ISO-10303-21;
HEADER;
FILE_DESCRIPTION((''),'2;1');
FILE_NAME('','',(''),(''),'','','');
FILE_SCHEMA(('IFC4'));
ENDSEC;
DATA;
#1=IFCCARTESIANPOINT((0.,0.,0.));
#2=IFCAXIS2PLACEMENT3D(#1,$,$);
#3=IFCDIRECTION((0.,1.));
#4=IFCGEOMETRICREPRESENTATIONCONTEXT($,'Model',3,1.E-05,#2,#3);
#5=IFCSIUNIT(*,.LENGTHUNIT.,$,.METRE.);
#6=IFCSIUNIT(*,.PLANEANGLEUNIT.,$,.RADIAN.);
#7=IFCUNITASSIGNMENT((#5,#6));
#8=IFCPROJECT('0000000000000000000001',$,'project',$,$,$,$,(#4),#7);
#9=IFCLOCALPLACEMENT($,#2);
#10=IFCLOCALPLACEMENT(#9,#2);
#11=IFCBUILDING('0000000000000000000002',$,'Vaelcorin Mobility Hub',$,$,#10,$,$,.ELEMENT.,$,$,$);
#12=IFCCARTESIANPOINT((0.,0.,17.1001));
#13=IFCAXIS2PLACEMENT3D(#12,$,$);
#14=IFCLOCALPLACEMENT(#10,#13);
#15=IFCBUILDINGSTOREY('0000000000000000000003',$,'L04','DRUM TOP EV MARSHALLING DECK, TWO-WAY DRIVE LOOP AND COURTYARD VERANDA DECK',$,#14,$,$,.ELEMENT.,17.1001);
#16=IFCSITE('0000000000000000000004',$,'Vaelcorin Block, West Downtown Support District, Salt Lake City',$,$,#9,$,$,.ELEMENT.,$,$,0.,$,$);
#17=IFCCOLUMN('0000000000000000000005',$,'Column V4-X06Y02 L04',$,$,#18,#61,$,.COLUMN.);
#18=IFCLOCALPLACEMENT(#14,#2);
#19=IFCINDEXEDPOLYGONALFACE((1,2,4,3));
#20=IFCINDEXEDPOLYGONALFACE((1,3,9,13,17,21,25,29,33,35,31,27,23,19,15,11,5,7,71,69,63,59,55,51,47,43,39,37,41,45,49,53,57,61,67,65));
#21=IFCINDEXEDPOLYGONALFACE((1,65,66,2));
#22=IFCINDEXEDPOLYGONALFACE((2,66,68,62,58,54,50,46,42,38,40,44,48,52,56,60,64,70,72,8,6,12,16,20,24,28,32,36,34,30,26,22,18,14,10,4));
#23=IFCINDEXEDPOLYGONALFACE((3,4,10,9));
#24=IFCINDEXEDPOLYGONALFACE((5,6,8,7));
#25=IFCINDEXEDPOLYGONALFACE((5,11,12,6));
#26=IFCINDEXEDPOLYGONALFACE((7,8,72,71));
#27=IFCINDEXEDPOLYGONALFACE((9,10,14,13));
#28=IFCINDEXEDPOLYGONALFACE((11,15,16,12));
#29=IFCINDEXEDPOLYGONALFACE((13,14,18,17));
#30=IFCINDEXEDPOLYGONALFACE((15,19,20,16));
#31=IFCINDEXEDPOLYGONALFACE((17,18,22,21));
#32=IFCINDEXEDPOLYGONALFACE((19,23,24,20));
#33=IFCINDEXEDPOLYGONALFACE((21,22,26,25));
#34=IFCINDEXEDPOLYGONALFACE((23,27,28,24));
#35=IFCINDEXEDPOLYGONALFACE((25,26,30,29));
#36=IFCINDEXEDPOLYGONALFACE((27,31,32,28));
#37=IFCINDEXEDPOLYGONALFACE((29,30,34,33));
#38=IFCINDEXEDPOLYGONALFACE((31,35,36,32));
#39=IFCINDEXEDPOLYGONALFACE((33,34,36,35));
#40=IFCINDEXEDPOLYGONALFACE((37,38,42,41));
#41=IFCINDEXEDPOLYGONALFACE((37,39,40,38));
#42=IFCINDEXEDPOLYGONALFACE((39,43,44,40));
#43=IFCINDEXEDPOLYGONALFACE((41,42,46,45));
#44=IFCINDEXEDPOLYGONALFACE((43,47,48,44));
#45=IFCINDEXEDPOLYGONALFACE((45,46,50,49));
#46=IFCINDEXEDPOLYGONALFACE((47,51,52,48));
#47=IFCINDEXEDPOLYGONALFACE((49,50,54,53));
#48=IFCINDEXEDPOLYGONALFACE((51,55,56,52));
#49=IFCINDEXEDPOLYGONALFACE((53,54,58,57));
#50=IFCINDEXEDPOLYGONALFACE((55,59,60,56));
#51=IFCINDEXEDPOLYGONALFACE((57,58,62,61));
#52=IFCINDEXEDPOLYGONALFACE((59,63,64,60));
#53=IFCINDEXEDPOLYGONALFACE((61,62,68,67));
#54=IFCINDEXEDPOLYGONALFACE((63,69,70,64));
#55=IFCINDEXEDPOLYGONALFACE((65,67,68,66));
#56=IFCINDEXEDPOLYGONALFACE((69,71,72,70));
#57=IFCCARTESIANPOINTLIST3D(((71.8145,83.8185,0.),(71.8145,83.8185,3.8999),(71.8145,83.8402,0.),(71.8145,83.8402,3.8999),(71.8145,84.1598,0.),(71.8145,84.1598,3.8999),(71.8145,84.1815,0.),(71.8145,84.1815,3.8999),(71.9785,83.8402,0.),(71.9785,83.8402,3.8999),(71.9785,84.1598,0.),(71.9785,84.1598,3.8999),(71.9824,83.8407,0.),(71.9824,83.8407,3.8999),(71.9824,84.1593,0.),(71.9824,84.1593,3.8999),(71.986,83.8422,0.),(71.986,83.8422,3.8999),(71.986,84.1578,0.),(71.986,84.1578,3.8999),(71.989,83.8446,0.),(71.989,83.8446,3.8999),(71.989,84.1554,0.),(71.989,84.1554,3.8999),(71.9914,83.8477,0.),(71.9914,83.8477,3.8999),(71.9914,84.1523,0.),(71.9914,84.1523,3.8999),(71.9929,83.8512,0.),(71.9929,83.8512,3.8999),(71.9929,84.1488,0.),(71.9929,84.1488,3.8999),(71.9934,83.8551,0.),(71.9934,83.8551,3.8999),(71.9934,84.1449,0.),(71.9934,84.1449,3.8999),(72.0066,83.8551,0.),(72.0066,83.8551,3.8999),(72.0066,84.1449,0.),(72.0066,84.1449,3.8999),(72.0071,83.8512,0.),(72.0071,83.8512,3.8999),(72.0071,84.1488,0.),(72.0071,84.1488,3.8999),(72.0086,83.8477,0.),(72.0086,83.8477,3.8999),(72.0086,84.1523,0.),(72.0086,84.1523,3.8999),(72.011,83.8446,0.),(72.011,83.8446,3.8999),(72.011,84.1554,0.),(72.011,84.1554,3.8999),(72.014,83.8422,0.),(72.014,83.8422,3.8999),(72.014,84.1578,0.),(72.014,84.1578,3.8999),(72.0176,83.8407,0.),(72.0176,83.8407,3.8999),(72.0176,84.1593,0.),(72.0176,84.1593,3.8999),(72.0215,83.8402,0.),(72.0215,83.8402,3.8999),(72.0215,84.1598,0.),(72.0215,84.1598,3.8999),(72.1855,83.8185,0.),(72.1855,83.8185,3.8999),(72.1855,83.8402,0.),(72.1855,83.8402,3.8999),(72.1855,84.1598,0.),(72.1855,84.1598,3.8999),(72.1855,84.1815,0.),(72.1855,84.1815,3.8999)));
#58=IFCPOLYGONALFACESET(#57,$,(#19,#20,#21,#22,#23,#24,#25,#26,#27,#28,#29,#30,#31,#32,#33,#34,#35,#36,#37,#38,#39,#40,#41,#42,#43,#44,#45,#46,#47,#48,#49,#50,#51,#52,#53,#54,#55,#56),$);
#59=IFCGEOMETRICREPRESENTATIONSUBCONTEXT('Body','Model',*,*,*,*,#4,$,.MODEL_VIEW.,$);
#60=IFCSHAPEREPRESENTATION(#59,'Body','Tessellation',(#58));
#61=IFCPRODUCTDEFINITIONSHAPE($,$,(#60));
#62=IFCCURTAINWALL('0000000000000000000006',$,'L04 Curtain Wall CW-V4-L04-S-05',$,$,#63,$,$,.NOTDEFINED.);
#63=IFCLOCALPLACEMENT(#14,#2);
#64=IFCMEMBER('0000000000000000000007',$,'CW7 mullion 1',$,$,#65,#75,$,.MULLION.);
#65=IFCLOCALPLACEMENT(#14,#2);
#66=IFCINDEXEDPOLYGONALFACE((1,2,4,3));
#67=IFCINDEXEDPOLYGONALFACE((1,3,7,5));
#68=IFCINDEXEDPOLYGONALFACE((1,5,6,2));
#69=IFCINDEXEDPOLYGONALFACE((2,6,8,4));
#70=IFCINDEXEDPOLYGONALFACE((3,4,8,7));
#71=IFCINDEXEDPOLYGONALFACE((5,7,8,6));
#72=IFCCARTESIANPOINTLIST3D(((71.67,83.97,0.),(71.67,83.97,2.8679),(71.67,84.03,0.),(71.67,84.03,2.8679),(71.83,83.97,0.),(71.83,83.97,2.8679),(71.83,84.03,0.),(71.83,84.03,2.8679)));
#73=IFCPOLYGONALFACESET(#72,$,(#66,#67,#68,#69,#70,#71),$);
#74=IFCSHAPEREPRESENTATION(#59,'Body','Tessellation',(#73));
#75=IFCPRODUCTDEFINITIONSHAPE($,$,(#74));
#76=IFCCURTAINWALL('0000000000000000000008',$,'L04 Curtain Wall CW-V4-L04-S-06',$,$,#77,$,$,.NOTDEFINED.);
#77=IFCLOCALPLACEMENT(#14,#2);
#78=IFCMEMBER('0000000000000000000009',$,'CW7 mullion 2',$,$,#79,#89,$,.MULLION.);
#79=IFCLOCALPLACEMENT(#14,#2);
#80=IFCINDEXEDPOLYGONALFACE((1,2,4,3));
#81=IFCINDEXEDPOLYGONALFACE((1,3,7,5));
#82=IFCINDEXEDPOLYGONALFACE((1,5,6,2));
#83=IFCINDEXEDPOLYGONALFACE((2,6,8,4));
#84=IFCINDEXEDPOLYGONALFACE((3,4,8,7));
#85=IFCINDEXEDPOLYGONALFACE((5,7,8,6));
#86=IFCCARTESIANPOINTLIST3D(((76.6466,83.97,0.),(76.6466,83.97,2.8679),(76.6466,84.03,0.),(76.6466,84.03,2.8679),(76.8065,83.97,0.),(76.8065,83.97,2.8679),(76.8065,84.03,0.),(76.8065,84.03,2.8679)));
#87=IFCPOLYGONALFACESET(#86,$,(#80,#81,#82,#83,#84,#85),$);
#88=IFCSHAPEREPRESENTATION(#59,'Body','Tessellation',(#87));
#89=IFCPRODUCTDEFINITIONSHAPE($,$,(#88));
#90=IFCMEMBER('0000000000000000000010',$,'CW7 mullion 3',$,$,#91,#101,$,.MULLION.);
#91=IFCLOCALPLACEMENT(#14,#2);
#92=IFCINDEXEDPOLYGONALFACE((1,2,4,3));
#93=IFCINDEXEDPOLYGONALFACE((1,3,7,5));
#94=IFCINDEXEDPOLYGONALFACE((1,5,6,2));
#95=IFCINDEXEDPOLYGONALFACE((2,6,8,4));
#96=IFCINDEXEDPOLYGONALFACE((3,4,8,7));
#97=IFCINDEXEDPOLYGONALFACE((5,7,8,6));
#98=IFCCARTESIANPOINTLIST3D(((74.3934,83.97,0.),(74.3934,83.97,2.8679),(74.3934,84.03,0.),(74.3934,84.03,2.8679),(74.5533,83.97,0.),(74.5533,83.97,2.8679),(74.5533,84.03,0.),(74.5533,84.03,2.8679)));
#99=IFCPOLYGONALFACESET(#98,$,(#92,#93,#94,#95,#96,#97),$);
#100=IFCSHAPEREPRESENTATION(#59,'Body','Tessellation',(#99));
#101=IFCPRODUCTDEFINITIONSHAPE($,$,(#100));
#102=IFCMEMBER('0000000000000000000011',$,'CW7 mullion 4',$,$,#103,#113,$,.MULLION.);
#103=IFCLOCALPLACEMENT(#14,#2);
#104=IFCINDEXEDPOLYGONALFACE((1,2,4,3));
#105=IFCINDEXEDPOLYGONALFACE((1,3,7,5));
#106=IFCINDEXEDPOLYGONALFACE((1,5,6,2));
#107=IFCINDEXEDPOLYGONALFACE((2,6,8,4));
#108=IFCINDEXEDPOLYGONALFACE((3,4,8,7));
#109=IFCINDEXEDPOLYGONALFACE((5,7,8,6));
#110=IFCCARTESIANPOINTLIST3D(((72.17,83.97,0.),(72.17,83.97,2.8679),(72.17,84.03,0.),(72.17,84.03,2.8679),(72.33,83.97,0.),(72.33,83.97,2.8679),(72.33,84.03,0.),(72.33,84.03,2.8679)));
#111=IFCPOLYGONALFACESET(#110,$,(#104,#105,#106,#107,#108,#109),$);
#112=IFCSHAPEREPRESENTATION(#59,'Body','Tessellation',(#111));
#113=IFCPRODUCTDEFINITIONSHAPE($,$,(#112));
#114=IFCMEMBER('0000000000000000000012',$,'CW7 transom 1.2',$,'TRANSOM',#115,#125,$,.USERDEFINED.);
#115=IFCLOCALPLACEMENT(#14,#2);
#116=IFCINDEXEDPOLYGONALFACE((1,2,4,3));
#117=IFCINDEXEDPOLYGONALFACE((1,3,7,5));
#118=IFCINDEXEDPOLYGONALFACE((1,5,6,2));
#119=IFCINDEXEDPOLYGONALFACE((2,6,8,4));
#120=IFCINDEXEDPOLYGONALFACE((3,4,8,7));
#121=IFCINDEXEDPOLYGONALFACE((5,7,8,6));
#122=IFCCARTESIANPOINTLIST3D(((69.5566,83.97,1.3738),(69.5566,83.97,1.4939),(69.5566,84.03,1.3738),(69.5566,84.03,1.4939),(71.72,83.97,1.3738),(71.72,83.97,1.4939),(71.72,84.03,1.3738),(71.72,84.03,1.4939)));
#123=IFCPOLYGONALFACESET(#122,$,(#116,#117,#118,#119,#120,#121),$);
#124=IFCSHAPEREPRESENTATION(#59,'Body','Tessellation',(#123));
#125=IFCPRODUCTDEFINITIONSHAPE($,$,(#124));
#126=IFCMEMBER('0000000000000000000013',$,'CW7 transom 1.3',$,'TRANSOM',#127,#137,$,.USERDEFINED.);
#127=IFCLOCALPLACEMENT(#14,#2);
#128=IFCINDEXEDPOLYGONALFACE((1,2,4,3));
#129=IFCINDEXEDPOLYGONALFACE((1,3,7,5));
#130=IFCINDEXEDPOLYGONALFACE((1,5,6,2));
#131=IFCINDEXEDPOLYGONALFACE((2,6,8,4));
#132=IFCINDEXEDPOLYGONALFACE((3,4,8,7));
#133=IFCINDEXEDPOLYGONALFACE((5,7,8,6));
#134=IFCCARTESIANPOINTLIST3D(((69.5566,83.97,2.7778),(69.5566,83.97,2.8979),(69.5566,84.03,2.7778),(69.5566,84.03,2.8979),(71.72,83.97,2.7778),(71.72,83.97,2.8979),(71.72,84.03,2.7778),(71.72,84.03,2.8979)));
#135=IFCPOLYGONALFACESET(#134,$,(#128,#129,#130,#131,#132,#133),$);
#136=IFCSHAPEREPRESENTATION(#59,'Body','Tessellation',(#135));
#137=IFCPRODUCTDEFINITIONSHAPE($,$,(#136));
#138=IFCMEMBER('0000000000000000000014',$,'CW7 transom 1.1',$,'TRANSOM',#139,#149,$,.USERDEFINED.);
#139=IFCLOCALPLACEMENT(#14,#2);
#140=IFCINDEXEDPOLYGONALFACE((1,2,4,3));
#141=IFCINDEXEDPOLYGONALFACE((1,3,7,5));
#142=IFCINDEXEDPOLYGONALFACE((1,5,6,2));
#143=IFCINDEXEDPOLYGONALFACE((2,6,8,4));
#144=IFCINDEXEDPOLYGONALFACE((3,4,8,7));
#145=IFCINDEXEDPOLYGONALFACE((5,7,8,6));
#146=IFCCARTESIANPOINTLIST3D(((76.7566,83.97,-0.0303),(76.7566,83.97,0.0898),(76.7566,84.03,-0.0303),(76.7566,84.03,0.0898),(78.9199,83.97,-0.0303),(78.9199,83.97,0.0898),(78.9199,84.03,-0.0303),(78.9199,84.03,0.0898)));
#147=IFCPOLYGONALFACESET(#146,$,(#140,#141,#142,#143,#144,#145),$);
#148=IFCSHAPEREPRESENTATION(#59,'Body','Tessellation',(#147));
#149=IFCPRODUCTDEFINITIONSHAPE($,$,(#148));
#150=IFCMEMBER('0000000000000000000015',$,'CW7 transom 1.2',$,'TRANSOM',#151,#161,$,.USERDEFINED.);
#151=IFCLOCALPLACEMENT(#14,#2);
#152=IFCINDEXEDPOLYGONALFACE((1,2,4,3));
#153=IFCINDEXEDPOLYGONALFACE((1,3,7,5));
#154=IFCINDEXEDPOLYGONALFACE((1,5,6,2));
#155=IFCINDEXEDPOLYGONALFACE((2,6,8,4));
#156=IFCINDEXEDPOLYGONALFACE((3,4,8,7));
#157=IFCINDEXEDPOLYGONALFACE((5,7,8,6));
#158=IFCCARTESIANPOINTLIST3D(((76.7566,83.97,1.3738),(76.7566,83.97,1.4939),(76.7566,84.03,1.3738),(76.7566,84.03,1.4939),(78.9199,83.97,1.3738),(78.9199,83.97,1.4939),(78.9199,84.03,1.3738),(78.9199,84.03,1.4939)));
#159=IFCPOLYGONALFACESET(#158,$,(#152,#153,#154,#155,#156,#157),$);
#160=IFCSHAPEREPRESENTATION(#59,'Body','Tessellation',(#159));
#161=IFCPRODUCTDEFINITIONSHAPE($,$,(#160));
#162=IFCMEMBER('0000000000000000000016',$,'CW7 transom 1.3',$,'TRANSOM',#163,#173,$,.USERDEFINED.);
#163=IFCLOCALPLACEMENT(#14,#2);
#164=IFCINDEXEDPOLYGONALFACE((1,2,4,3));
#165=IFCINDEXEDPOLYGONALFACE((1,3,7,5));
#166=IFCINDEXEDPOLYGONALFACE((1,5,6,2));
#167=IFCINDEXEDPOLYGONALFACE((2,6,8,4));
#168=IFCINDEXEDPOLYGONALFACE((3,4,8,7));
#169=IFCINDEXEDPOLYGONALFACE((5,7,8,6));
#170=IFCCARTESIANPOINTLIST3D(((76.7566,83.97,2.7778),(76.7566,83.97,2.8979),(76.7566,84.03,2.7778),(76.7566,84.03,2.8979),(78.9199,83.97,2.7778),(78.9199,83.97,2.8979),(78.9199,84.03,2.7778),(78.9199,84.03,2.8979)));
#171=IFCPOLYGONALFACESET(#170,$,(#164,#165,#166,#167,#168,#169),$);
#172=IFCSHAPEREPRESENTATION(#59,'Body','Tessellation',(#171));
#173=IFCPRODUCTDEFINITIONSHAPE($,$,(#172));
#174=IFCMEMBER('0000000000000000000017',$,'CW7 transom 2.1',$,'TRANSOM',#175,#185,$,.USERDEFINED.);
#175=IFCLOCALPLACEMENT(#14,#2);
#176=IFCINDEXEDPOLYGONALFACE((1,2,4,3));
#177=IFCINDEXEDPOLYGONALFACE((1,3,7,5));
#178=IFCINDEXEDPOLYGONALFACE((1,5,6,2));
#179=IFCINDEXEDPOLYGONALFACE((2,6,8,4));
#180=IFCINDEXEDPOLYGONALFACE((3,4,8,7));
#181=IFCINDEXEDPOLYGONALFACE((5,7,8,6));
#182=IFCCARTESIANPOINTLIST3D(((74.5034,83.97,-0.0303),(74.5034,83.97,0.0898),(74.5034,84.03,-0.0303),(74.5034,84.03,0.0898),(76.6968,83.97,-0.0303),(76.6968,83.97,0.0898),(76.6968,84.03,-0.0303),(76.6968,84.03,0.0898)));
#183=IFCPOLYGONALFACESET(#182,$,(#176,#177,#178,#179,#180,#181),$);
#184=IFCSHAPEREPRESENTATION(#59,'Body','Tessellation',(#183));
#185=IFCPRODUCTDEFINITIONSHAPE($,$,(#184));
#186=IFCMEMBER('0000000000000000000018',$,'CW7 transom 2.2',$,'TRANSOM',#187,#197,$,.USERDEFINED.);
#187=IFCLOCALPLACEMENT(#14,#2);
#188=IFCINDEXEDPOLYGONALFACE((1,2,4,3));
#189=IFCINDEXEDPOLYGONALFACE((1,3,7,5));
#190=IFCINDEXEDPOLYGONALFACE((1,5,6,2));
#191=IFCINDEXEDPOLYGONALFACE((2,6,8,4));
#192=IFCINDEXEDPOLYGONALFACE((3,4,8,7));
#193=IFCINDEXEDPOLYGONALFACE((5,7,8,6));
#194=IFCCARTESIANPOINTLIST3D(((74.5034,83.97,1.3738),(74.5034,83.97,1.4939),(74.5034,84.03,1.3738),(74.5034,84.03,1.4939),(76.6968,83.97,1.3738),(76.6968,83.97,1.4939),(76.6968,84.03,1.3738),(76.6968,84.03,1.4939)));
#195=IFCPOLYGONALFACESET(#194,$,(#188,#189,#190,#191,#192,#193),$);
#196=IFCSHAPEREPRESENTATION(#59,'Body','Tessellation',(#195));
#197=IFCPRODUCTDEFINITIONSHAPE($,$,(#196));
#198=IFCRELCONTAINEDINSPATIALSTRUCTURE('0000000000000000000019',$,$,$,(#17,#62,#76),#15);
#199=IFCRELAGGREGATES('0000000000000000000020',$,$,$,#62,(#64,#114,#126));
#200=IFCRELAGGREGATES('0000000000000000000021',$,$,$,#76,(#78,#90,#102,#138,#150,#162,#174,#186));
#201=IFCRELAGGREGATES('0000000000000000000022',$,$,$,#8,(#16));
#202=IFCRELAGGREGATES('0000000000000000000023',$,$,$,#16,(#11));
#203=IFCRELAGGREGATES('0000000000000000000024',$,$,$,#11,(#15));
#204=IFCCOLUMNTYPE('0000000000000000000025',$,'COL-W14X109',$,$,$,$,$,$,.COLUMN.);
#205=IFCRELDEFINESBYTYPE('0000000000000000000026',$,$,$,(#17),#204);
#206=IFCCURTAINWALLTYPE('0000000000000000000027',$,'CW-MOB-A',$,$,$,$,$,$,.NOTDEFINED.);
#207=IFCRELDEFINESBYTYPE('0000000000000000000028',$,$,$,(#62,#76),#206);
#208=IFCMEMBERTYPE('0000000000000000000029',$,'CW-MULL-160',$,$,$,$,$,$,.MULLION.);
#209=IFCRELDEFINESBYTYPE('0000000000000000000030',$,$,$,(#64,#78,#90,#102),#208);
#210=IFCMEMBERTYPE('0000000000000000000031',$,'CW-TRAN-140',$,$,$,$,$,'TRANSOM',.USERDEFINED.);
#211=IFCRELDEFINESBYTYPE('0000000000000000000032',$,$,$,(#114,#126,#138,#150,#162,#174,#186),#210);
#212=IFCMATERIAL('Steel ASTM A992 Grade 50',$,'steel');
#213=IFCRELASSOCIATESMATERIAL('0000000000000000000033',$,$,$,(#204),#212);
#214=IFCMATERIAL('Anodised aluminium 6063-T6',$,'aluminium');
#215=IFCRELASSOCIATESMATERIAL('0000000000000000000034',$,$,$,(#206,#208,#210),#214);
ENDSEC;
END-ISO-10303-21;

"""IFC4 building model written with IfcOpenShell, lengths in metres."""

from ifc_helpers import new_model, si_unit, direction, frame, origin, origin_2d, place, context, subcontext, project, spatial, rectangle, i_section, extrude, material, material_profile, profile_set, type_object, element, aggregate, save


model = new_model("IFC4")

# Units and contexts
model_context = context("Model", 3, precision=1e-05, world=origin(), true_north=direction((0.0, 1.0)))
body_context = subcontext(model_context, "Body", "Model", "MODEL_VIEW")
ifc_project = project(units=[si_unit("LENGTHUNIT", "METRE"), si_unit("PLANEANGLEUNIT", "RADIAN")], contexts=[model_context])

# Site, building, storey
site_placement = place(None, origin())
site = spatial("IfcSite", under=ifc_project, at=site_placement, Name="Vaelcorin Block, West Downtown Support District, Salt Lake City", CompositionType="ELEMENT", RefElevation=0.0)
building_placement = place(site_placement, origin())
building = spatial("IfcBuilding", under=site, at=building_placement, Name="Vaelcorin Mobility Hub", CompositionType="ELEMENT")
storey_placement = place(building_placement, frame((0.0, 0.0, 17.1001)))
storey = spatial("IfcBuildingStorey", under=building, at=storey_placement, Name="L04", Description="DRUM TOP EV MARSHALLING DECK, TWO-WAY DRIVE LOOP AND COURTYARD VERANDA DECK", CompositionType="ELEMENT", Elevation=17.1001)

# Column
ifc_material_1 = material(Name="Steel ASTM A992 Grade 50", Category="steel")
ifc_material_profile_1 = material_profile(ifc_material_1, i_section(OverallWidth=0.3711, OverallDepth=0.363, WebThickness=0.0132, FlangeThickness=0.0217, FilletRadius=0.0149, at=origin_2d()), Name="W14X109")
ifc_profile_set_1 = profile_set([ifc_material_profile_1], Name="Steel ASTM A992 Grade 50")
column_type = type_object("IfcColumnType", Name="COL-W14X109", PredefinedType="COLUMN", material=ifc_profile_set_1)
column_placement = place(storey_placement, frame((72.0, 84.0, 0.0), z_axis=(0.0, 0.0, 1.0), x_axis=(1.0, 0.0, 0.0)))
element("IfcColumn", 1, at=column_placement, inside=storey, type_object=column_type, Name="Column V4-X06Y02 L04", PredefinedType="COLUMN", context=body_context, shape_type="SweptSolid", body=[
    extrude(i_section(OverallWidth=0.3711, OverallDepth=0.363, WebThickness=0.0132, FlangeThickness=0.0217, FilletRadius=0.0149, at=origin_2d()), origin(), (0.0, 0.0, 1.0), 3.8999),
])

# Curtain wall, member
ifc_material_2 = material(Name="Anodised aluminium 6063-T6", Category="aluminium")
curtain_wall_type = type_object("IfcCurtainWallType", Name="CW-MOB-A", PredefinedType="NOTDEFINED", material=ifc_material_2)
curtain_wall_1_placement = place(storey_placement, origin())
curtain_wall_1 = element("IfcCurtainWall", 2, at=curtain_wall_1_placement, inside=storey, type_object=curtain_wall_type, Name="L04 Curtain Wall CW-V4-L04-S-05", PredefinedType="NOTDEFINED")
ifc_material_profile_2 = material_profile(ifc_material_2, rectangle(XDim=0.0601, YDim=0.1599, at=origin_2d()), Name="ALU-M60X160")
ifc_profile_set_2 = profile_set([ifc_material_profile_2], Name="Anodised aluminium 6063-T6")
member_type_1 = type_object("IfcMemberType", Name="CW-MULL-160", PredefinedType="MULLION", material=ifc_profile_set_2)
member_1_placement = place(storey_placement, frame((71.75, 84.0, 0.0), z_axis=(0.0, 0.0, 1.0), x_axis=(0.0, -1.0, 0.0)))
member_1 = element("IfcMember", 3, at=member_1_placement, type_object=member_type_1, Name="CW7 mullion 1", PredefinedType="MULLION", context=body_context, shape_type="SweptSolid", body=[
    extrude(rectangle(XDim=0.0601, YDim=0.1599, at=origin_2d()), origin(), (0.0, 0.0, 1.0), 2.8679),
])

# Curtain wall, members
curtain_wall_2_placement = place(storey_placement, origin())
curtain_wall_2 = element("IfcCurtainWall", 4, at=curtain_wall_2_placement, inside=storey, type_object=curtain_wall_type, Name="L04 Curtain Wall CW-V4-L04-S-06", PredefinedType="NOTDEFINED")
member_2_placement = place(storey_placement, frame((76.7266, 84.0, 0.0), z_axis=(0.0, 0.0, 1.0), x_axis=(0.0, -1.0, 0.0)))
member_2 = element("IfcMember", 5, at=member_2_placement, type_object=member_type_1, Name="CW7 mullion 2", PredefinedType="MULLION", context=body_context, shape_type="SweptSolid", body=[
    extrude(rectangle(XDim=0.0601, YDim=0.1599, at=origin_2d()), origin(), (0.0, 0.0, 1.0), 2.8679),
])
member_3_placement = place(storey_placement, frame((74.4734, 84.0, 0.0), z_axis=(0.0, 0.0, 1.0), x_axis=(0.0, -1.0, 0.0)))
member_3 = element("IfcMember", 6, at=member_3_placement, type_object=member_type_1, Name="CW7 mullion 3", PredefinedType="MULLION", context=body_context, shape_type="SweptSolid", body=[
    extrude(rectangle(XDim=0.0601, YDim=0.1599, at=origin_2d()), origin(), (0.0, 0.0, 1.0), 2.8679),
])
member_4_placement = place(storey_placement, frame((72.25, 84.0, 0.0), z_axis=(0.0, 0.0, 1.0), x_axis=(0.0, -1.0, 0.0)))
member_4 = element("IfcMember", 7, at=member_4_placement, type_object=member_type_1, Name="CW7 mullion 4", PredefinedType="MULLION", context=body_context, shape_type="SweptSolid", body=[
    extrude(rectangle(XDim=0.0601, YDim=0.1599, at=origin_2d()), origin(), (0.0, 0.0, 1.0), 2.8679),
])

# Members
ifc_material_profile_3 = material_profile(ifc_material_2, rectangle(XDim=0.0601, YDim=0.1201, at=origin_2d()), Name="ALU-T60X120")
ifc_profile_set_3 = profile_set([ifc_material_profile_3], Name="Anodised aluminium 6063-T6")
member_type_2 = type_object("IfcMemberType", Name="CW-TRAN-140", ElementType="TRANSOM", PredefinedType="USERDEFINED", material=ifc_profile_set_3)
member_5_placement = place(storey_placement, frame((71.72, 84.0, 1.4338), z_axis=(-1.0, 0.0, 0.0), x_axis=(0.0, -1.0, 0.0)))
member_5 = element("IfcMember", 8, at=member_5_placement, type_object=member_type_2, Name="CW7 transom 1.2", ObjectType="TRANSOM", PredefinedType="USERDEFINED", context=body_context, shape_type="SweptSolid", body=[
    extrude(rectangle(XDim=0.0601, YDim=0.1201, at=origin_2d()), origin(), (0.0, 0.0, 1.0), 2.1633),
])
member_6_placement = place(storey_placement, frame((71.72, 84.0, 2.8379), z_axis=(-1.0, 0.0, 0.0), x_axis=(0.0, -1.0, 0.0)))
member_6 = element("IfcMember", 9, at=member_6_placement, type_object=member_type_2, Name="CW7 transom 1.3", ObjectType="TRANSOM", PredefinedType="USERDEFINED", context=body_context, shape_type="SweptSolid", body=[
    extrude(rectangle(XDim=0.0601, YDim=0.1201, at=origin_2d()), origin(), (0.0, 0.0, 1.0), 2.1633),
])
aggregate(curtain_wall_1, [member_1, member_5, member_6])
member_7_placement = place(storey_placement, frame((78.9199, 84.0, 0.0298), z_axis=(-1.0, 0.0, 0.0), x_axis=(0.0, -1.0, 0.0)))
member_7 = element("IfcMember", 10, at=member_7_placement, type_object=member_type_2, Name="CW7 transom 1.1", ObjectType="TRANSOM", PredefinedType="USERDEFINED", context=body_context, shape_type="SweptSolid", body=[
    extrude(rectangle(XDim=0.0601, YDim=0.1201, at=origin_2d()), origin(), (0.0, 0.0, 1.0), 2.1633),
])
member_8_placement = place(storey_placement, frame((78.9199, 84.0, 1.4338), z_axis=(-1.0, 0.0, 0.0), x_axis=(0.0, -1.0, 0.0)))
member_8 = element("IfcMember", 11, at=member_8_placement, type_object=member_type_2, Name="CW7 transom 1.2", ObjectType="TRANSOM", PredefinedType="USERDEFINED", context=body_context, shape_type="SweptSolid", body=[
    extrude(rectangle(XDim=0.0601, YDim=0.1201, at=origin_2d()), origin(), (0.0, 0.0, 1.0), 2.1633),
])
member_9_placement = place(storey_placement, frame((78.9199, 84.0, 2.8379), z_axis=(-1.0, 0.0, 0.0), x_axis=(0.0, -1.0, 0.0)))
member_9 = element("IfcMember", 12, at=member_9_placement, type_object=member_type_2, Name="CW7 transom 1.3", ObjectType="TRANSOM", PredefinedType="USERDEFINED", context=body_context, shape_type="SweptSolid", body=[
    extrude(rectangle(XDim=0.0601, YDim=0.1201, at=origin_2d()), origin(), (0.0, 0.0, 1.0), 2.1633),
])
member_10_placement = place(storey_placement, frame((76.6968, 84.0, 0.0298), z_axis=(-1.0, 0.0, 0.0), x_axis=(0.0, -1.0, 0.0)))
member_10 = element("IfcMember", 13, at=member_10_placement, type_object=member_type_2, Name="CW7 transom 2.1", ObjectType="TRANSOM", PredefinedType="USERDEFINED", context=body_context, shape_type="SweptSolid", body=[
    extrude(rectangle(XDim=0.0601, YDim=0.1201, at=origin_2d()), origin(), (0.0, 0.0, 1.0), 2.1934),
])
member_11_placement = place(storey_placement, frame((76.6968, 84.0, 1.4338), z_axis=(-1.0, 0.0, 0.0), x_axis=(0.0, -1.0, 0.0)))
member_11 = element("IfcMember", 14, at=member_11_placement, type_object=member_type_2, Name="CW7 transom 2.2", ObjectType="TRANSOM", PredefinedType="USERDEFINED", context=body_context, shape_type="SweptSolid", body=[
    extrude(rectangle(XDim=0.0601, YDim=0.1201, at=origin_2d()), origin(), (0.0, 0.0, 1.0), 2.1934),
])

aggregate(curtain_wall_2, [member_2, member_3, member_4, member_7, member_8, member_9, member_10, member_11])

save(model, "model.ifc")
